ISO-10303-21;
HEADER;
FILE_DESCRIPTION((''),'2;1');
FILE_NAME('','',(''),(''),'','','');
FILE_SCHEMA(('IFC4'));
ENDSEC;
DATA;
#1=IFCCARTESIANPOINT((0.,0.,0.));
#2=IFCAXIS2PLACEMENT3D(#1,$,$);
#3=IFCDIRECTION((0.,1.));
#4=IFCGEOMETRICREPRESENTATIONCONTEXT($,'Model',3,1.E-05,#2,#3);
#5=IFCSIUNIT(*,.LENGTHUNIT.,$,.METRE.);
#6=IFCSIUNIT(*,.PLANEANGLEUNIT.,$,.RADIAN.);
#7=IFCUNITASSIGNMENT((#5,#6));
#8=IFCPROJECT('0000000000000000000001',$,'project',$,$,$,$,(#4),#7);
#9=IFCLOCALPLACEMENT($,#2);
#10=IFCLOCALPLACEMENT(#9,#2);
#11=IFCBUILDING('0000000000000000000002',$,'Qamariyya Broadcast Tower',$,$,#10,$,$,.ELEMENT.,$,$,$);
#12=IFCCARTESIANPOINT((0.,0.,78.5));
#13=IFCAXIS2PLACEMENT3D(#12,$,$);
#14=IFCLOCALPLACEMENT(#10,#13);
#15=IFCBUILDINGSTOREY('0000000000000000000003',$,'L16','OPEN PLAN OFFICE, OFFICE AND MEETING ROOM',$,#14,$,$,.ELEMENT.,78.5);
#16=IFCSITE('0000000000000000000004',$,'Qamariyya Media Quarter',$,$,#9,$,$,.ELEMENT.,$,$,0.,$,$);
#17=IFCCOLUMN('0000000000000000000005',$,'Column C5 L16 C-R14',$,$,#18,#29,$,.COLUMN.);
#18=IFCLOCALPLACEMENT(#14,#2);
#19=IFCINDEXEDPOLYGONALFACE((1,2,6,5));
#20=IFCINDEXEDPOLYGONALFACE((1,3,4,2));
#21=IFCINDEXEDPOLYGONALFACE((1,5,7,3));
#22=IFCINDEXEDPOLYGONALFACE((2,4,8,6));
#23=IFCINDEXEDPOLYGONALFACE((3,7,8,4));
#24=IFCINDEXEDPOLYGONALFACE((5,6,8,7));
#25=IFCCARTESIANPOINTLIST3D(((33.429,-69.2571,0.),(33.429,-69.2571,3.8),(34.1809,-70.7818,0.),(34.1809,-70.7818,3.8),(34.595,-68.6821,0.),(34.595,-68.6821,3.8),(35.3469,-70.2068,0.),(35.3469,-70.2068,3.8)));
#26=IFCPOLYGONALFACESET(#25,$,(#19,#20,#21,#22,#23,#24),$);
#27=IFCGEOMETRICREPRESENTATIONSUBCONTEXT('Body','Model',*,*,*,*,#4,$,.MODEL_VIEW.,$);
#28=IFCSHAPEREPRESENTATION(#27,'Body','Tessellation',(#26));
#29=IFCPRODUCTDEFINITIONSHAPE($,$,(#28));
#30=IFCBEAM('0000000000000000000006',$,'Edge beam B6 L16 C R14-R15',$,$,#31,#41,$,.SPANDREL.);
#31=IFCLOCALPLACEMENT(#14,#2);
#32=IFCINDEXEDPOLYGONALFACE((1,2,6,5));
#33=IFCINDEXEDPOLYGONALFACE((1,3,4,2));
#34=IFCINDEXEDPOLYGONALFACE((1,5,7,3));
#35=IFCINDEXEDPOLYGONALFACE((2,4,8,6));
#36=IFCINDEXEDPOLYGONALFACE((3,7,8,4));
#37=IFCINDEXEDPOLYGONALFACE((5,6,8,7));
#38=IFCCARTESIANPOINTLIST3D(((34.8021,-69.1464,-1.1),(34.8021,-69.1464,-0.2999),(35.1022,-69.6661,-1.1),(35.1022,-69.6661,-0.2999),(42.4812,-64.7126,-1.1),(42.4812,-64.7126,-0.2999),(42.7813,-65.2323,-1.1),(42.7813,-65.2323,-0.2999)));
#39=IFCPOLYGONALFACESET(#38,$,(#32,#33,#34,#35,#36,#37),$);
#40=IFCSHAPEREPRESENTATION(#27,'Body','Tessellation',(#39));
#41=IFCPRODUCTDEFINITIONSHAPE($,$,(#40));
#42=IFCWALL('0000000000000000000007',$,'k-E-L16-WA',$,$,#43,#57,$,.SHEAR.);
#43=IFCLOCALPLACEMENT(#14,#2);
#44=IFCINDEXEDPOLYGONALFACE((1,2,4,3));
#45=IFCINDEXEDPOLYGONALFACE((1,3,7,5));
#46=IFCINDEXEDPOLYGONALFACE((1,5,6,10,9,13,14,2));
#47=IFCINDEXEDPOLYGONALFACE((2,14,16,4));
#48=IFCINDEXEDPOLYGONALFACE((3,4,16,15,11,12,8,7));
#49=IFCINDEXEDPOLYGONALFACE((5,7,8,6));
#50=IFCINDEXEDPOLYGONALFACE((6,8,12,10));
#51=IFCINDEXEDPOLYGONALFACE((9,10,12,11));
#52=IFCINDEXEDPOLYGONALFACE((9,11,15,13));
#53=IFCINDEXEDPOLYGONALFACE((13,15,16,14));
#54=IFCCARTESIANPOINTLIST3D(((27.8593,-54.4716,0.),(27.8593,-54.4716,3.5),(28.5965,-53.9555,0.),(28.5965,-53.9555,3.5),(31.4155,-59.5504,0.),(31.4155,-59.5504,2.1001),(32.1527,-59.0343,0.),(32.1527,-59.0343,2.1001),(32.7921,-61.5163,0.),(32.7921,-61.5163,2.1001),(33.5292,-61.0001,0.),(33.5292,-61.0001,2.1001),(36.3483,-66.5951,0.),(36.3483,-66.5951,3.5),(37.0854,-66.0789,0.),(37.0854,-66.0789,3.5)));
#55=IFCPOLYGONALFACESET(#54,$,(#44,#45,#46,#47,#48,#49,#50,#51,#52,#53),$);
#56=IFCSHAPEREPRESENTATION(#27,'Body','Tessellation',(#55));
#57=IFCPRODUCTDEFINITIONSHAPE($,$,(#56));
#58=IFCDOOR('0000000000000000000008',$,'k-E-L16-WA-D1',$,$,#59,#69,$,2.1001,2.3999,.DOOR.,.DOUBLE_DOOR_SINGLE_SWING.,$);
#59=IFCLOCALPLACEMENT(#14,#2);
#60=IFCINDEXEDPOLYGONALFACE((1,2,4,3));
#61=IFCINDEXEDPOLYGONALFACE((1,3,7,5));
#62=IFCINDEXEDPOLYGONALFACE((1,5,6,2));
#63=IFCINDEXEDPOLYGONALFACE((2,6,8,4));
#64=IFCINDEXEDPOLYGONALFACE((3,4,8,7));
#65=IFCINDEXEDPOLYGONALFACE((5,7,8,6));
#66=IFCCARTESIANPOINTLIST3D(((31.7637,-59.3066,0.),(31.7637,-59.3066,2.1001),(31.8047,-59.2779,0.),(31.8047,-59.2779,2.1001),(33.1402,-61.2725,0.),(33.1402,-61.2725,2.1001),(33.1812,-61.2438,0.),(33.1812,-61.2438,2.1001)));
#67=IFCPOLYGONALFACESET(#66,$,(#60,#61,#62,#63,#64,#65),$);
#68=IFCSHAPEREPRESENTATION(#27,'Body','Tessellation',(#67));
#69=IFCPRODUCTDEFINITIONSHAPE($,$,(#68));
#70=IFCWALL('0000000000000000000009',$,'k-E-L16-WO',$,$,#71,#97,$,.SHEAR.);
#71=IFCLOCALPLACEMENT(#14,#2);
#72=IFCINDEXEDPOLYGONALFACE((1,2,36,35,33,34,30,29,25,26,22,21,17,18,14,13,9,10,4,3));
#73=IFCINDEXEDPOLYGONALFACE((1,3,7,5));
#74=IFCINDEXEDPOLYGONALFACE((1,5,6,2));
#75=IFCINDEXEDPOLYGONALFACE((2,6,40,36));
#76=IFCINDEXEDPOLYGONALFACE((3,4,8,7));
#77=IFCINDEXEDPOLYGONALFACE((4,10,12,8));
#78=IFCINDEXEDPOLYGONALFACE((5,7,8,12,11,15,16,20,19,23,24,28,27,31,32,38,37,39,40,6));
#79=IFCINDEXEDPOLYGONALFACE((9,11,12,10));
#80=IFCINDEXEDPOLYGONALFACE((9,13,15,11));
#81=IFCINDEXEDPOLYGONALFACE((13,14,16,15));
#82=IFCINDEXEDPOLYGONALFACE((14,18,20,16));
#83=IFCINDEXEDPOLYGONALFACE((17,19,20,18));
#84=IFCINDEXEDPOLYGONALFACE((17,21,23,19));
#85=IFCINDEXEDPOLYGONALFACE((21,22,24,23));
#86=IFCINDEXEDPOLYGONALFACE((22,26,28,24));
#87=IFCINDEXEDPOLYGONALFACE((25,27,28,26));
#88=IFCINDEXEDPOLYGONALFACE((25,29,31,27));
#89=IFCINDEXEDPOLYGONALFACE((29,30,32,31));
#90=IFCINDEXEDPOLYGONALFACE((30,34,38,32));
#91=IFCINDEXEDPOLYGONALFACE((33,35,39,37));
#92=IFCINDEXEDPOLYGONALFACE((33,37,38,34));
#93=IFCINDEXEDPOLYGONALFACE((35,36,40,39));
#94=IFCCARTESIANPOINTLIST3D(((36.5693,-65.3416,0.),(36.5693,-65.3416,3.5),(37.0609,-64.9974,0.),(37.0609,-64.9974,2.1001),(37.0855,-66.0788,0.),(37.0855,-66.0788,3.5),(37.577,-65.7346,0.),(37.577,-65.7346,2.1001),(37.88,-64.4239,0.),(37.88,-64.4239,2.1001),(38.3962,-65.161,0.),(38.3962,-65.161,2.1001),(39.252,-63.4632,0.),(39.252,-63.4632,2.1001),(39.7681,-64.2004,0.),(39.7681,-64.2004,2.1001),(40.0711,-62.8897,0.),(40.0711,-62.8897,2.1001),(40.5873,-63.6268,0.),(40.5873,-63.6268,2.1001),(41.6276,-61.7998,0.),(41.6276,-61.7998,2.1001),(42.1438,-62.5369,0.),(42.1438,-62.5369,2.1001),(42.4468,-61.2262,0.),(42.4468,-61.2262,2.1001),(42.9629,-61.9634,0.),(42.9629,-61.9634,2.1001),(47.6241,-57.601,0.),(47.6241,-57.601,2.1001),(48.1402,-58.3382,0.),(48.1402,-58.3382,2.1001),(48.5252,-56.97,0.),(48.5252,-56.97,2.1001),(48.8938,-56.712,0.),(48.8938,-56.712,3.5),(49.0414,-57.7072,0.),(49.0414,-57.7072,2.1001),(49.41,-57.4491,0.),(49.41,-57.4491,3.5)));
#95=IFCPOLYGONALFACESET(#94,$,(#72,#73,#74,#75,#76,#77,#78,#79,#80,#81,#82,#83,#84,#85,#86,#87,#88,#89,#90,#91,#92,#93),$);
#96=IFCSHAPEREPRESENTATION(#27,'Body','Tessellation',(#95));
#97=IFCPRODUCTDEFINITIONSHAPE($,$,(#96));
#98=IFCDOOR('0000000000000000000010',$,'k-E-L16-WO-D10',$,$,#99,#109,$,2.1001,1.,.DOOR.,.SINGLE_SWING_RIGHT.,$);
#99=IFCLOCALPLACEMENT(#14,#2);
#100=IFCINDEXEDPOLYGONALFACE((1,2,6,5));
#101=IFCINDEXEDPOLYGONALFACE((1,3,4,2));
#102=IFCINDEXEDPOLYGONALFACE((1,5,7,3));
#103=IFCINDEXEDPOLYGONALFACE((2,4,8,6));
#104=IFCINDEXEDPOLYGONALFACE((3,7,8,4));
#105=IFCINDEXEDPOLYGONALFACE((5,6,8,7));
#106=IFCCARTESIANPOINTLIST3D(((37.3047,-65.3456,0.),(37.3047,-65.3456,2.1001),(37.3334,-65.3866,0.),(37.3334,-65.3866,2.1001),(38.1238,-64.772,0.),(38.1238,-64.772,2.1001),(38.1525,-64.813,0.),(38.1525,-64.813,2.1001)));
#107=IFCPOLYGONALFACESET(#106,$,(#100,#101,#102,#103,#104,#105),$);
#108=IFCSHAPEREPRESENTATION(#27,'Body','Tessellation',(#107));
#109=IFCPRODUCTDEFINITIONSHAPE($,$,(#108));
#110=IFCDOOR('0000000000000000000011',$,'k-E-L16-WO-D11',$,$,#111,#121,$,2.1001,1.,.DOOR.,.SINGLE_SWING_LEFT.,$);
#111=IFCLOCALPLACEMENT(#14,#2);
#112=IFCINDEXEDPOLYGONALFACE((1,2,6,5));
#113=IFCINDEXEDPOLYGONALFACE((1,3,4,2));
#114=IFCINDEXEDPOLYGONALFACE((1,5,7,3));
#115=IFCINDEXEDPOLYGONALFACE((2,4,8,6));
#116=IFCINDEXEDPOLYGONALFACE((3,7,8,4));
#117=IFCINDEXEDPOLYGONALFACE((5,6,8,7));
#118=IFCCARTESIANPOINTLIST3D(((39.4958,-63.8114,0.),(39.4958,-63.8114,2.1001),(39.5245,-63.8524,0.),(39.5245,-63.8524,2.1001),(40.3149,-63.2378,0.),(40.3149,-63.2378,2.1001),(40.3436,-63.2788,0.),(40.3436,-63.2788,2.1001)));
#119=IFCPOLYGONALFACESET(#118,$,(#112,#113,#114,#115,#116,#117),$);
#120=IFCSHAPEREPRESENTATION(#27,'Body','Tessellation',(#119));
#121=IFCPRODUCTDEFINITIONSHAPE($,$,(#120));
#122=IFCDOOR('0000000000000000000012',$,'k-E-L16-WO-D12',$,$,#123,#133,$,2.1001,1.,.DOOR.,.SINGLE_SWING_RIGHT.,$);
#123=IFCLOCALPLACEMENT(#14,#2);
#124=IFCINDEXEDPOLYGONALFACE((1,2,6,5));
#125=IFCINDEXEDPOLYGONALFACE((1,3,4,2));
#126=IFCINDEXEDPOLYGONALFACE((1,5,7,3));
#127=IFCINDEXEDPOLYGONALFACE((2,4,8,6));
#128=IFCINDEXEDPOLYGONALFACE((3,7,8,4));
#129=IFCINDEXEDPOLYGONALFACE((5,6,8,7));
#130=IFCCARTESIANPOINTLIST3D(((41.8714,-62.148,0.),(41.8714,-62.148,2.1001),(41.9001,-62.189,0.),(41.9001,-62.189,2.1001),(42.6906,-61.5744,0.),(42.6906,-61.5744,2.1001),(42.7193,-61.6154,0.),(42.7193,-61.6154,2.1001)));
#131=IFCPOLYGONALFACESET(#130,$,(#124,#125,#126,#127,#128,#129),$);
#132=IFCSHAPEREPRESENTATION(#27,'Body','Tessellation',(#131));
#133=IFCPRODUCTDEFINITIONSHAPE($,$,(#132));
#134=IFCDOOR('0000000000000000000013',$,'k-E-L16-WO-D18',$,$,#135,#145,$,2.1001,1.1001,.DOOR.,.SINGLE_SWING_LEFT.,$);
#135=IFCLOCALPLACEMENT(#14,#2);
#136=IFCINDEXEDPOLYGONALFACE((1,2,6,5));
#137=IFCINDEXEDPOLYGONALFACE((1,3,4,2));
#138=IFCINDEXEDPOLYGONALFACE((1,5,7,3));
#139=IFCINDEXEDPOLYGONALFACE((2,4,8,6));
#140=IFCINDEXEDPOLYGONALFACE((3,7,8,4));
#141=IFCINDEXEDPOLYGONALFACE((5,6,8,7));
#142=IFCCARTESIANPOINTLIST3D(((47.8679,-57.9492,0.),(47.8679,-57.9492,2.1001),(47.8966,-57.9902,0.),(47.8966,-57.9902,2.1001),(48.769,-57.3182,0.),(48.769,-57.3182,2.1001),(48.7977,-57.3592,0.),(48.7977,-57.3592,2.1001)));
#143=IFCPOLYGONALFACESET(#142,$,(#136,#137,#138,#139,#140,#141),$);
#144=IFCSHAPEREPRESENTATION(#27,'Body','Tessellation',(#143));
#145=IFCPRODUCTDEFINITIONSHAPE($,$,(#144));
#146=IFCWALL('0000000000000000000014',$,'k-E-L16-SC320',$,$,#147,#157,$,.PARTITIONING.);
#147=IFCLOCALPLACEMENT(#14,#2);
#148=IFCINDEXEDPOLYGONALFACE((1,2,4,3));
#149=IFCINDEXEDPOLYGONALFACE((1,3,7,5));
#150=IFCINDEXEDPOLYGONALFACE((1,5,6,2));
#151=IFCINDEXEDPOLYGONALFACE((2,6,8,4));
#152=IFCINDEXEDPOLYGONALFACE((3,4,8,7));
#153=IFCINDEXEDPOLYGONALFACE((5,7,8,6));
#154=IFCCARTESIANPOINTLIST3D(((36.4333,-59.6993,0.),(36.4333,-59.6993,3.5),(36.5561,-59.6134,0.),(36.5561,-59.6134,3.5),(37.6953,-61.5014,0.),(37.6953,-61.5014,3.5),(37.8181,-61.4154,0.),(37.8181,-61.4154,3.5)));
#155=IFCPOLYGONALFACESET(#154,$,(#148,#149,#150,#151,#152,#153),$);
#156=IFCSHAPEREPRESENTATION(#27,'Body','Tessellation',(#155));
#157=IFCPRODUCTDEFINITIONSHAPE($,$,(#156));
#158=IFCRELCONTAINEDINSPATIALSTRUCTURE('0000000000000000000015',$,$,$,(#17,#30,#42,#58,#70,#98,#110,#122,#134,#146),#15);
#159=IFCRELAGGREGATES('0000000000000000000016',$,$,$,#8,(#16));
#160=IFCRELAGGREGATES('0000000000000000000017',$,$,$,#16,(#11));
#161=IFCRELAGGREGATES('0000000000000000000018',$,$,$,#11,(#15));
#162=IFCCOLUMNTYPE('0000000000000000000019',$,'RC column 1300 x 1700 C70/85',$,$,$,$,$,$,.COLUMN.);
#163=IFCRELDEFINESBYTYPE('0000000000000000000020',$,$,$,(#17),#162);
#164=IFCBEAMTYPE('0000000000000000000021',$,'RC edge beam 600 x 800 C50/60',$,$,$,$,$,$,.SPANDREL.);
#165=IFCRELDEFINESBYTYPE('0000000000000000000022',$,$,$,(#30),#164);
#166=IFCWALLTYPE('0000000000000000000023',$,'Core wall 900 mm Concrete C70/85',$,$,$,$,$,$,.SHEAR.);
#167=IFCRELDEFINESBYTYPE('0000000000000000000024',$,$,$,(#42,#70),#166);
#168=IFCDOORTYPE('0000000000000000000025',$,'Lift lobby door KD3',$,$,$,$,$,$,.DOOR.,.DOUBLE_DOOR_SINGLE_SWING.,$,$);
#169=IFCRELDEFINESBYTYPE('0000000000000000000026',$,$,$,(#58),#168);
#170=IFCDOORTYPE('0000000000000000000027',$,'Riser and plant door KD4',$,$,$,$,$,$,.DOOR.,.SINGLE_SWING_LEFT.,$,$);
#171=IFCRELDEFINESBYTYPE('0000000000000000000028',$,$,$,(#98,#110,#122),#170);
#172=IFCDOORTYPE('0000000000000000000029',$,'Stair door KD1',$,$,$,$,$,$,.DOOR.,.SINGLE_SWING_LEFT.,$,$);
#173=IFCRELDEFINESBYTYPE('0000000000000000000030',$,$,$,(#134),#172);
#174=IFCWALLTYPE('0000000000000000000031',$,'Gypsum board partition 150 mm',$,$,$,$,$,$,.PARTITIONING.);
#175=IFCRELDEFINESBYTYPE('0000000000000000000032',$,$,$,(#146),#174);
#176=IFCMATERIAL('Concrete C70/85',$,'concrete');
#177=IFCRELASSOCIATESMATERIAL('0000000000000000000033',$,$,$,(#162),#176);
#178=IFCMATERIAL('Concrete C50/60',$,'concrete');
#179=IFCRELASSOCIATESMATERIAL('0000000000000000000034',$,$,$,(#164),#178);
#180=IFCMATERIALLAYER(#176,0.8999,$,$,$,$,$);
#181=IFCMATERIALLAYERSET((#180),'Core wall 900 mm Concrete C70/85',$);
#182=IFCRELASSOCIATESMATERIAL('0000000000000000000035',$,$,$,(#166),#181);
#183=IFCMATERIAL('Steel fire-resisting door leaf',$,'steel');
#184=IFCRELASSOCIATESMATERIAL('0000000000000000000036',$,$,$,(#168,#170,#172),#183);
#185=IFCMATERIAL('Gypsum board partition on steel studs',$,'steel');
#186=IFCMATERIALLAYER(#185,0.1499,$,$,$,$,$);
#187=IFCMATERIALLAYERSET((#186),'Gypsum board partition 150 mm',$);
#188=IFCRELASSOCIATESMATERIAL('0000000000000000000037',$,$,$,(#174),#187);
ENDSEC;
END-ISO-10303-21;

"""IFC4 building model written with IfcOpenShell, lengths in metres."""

from ifc_helpers import new_model, si_unit, direction, frame, frame_2d, origin, origin_2d, place, context, subcontext, project, spatial, rectangle, extrude, material, layer, layer_set, material_profile, profile_set, type_object, element, fill, save


model = new_model("IFC4")

# Units and contexts
model_context = context("Model", 3, precision=1e-05, world=origin(), true_north=direction((0.0, 1.0)))
body_context = subcontext(model_context, "Body", "Model", "MODEL_VIEW")
ifc_project = project(units=[si_unit("LENGTHUNIT", "METRE"), si_unit("PLANEANGLEUNIT", "RADIAN")], contexts=[model_context])

# Site, building, storey
site_placement = place(None, origin())
site = spatial("IfcSite", under=ifc_project, at=site_placement, Name="Qamariyya Media Quarter", CompositionType="ELEMENT", RefElevation=0.0)
building_placement = place(site_placement, origin())
building = spatial("IfcBuilding", under=site, at=building_placement, Name="Qamariyya Broadcast Tower", CompositionType="ELEMENT")
storey_placement = place(building_placement, frame((0.0, 0.0, 78.5)))
storey = spatial("IfcBuildingStorey", under=building, at=storey_placement, Name="L16", Description="OPEN PLAN OFFICE, OFFICE AND MEETING ROOM", CompositionType="ELEMENT", Elevation=78.5)

# Column
ifc_material_1 = material(Name="Concrete C70/85", Category="concrete")
ifc_material_profile_1 = material_profile(ifc_material_1, rectangle(XDim=1.3, YDim=1.7, at=origin_2d()))
ifc_profile_set_1 = profile_set([ifc_material_profile_1], Name="Concrete C70/85")
column_type = type_object("IfcColumnType", Name="RC column 1300 x 1700 C70/85", PredefinedType="COLUMN", material=ifc_profile_set_1)
column_placement = place(storey_placement, frame((34.3879, -69.7319, 0.0), z_axis=(0.0, 0.0, 1.0), x_axis=(0.896873, 0.442289, 0.0)))
element("IfcColumn", 1, at=column_placement, inside=storey, type_object=column_type, Name="Column C5 L16 C-R14", PredefinedType="COLUMN", context=body_context, shape_type="SweptSolid", body=[
    extrude(rectangle(XDim=1.3, YDim=1.7, at=origin_2d()), origin(), (0.0, 0.0, 1.0), 3.8),
])

# Beam
ifc_material_2 = material(Name="Concrete C50/60", Category="concrete")
ifc_material_profile_2 = material_profile(ifc_material_2, rectangle(XDim=0.6001, YDim=0.8, at=origin_2d()))
ifc_profile_set_2 = profile_set([ifc_material_profile_2], Name="Concrete C50/60")
beam_type = type_object("IfcBeamType", Name="RC edge beam 600 x 800 C50/60", PredefinedType="SPANDREL", material=ifc_profile_set_2)
beam_placement = place(storey_placement, frame((34.9521, -69.4062, -0.7), z_axis=(0.866013, 0.500021, 0.0), x_axis=(-0.500021, 0.866013, 0.0)))
element("IfcBeam", 2, at=beam_placement, inside=storey, type_object=beam_type, Name="Edge beam B6 L16 C R14-R15", PredefinedType="SPANDREL", context=body_context, shape_type="SweptSolid", body=[
    extrude(rectangle(XDim=0.6001, YDim=0.8, at=origin_2d()), origin(), (0.0, 0.0, 1.0), 8.8672),
])

# Wall, opening, door
ifc_layer_1 = layer(ifc_material_1, 0.8999)
ifc_layer_set_1 = layer_set([ifc_layer_1], Name="Core wall 900 mm Concrete C70/85")
wall_type_1 = type_object("IfcWallType", Name="Core wall 900 mm Concrete C70/85", PredefinedType="SHEAR", material=ifc_layer_set_1)
wall_1_placement = place(storey_placement, frame((36.7168, -66.3369, 0.0), z_axis=(0.0, 0.0, 1.0), x_axis=(-0.573577, 0.819151, 0.0)))
wall_1 = element("IfcWall", 3, at=wall_1_placement, inside=storey, type_object=wall_type_1, Name="k-E-L16-WA", PredefinedType="SHEAR", context=body_context, shape_type="SweptSolid", body=[
    extrude(rectangle(XDim=14.8, YDim=0.8999, at=frame_2d((7.3999, 0.0))), origin(), (0.0, 0.0, 1.0), 3.5),
])
opening_1_placement = place(wall_1_placement, frame((6.2, 0.0, 0.0)))
opening_1 = element("IfcOpeningElement", 4, at=opening_1_placement, cuts=wall_1, PredefinedType="OPENING", context=body_context, shape_type="SweptSolid", body=[
    extrude(rectangle(XDim=2.3999, YDim=2.1001, at=frame_2d((1.2, 1.05))), frame((0.0, 0.46, 0.0), z_axis=(0.0, -1.0, 0.0), x_axis=(1.0, 0.0, 0.0)), (0.0, 0.0, 1.0), 0.9199),
])
ifc_material_3 = material(Name="Steel fire-resisting door leaf", Category="steel")
door_type_1 = type_object("IfcDoorType", Name="Lift lobby door KD3", OperationType="DOUBLE_DOOR_SINGLE_SWING", PredefinedType="DOOR", material=ifc_material_3)
door_1_placement = place(opening_1_placement, origin())
door_1 = element("IfcDoor", 5, at=door_1_placement, inside=storey, type_object=door_type_1, Name="k-E-L16-WA-D1", OperationType="DOUBLE_DOOR_SINGLE_SWING", OverallHeight=2.1001, OverallWidth=2.3999, PredefinedType="DOOR", context=body_context, shape_type="SweptSolid", body=[
    extrude(rectangle(XDim=2.3999, YDim=2.1001, at=frame_2d((1.2, 1.05))), frame((0.0, 0.0249, 0.0), z_axis=(0.0, -1.0, 0.0), x_axis=(1.0, 0.0, 0.0)), (0.0, 0.0, 1.0), 0.05),
])
fill(opening_1, door_1)

# Wall, openings, doors
wall_2_placement = place(storey_placement, frame((36.8274, -65.7102, 0.0), z_axis=(0.0, 0.0, 1.0), x_axis=(0.819153, 0.573575, 0.0)))
wall_2 = element("IfcWall", 6, at=wall_2_placement, inside=storey, type_object=wall_type_1, Name="k-E-L16-WO", PredefinedType="SHEAR", context=body_context, shape_type="SweptSolid", body=[
    extrude(rectangle(XDim=15.0454, YDim=0.8999, at=frame_2d((7.5227, 0.0))), origin(), (0.0, 0.0, 1.0), 3.5),
])
opening_2_placement = place(wall_2_placement, frame((0.6001, 0.0, 0.0)))
opening_2 = element("IfcOpeningElement", 7, at=opening_2_placement, cuts=wall_2, PredefinedType="OPENING", context=body_context, shape_type="SweptSolid", body=[
    extrude(rectangle(XDim=1.0, YDim=2.1001, at=frame_2d((0.5, 1.05))), frame((0.0, 0.46, 0.0), z_axis=(0.0, -1.0, 0.0), x_axis=(1.0, 0.0, 0.0)), (0.0, 0.0, 1.0), 0.9199),
])
opening_3_placement = place(wall_2_placement, frame((3.2749, 0.0, 0.0)))
opening_3 = element("IfcOpeningElement", 8, at=opening_3_placement, cuts=wall_2, PredefinedType="OPENING", context=body_context, shape_type="SweptSolid", body=[
    extrude(rectangle(XDim=1.0, YDim=2.1001, at=frame_2d((0.5, 1.05))), frame((0.0, 0.46, 0.0), z_axis=(0.0, -1.0, 0.0), x_axis=(1.0, 0.0, 0.0)), (0.0, 0.0, 1.0), 0.9199),
])
opening_4_placement = place(wall_2_placement, frame((6.175, 0.0, 0.0)))
opening_4 = element("IfcOpeningElement", 9, at=opening_4_placement, cuts=wall_2, PredefinedType="OPENING", context=body_context, shape_type="SweptSolid", body=[
    extrude(rectangle(XDim=1.0, YDim=2.1001, at=frame_2d((0.5, 1.05))), frame((0.0, 0.46, 0.0), z_axis=(0.0, -1.0, 0.0), x_axis=(1.0, 0.0, 0.0)), (0.0, 0.0, 1.0), 0.9199),
])
opening_5_placement = place(wall_2_placement, frame((13.4954, 0.0, 0.0)))
opening_5 = element("IfcOpeningElement", 10, at=opening_5_placement, cuts=wall_2, PredefinedType="OPENING", context=body_context, shape_type="SweptSolid", body=[
    extrude(rectangle(XDim=1.1001, YDim=2.1001, at=frame_2d((0.55, 1.05))), frame((0.0, 0.46, 0.0), z_axis=(0.0, -1.0, 0.0), x_axis=(1.0, 0.0, 0.0)), (0.0, 0.0, 1.0), 0.9199),
])
door_type_2 = type_object("IfcDoorType", Name="Riser and plant door KD4", OperationType="SINGLE_SWING_LEFT", PredefinedType="DOOR", material=ifc_material_3)
door_2_placement = place(opening_2_placement, origin())
door_2 = element("IfcDoor", 11, at=door_2_placement, inside=storey, type_object=door_type_2, Name="k-E-L16-WO-D10", OperationType="SINGLE_SWING_RIGHT", OverallHeight=2.1001, OverallWidth=1.0, PredefinedType="DOOR", context=body_context, shape_type="SweptSolid", body=[
    extrude(rectangle(XDim=1.0, YDim=2.1001, at=frame_2d((0.5, 1.05))), frame((0.0, 0.0249, 0.0), z_axis=(0.0, -1.0, 0.0), x_axis=(1.0, 0.0, 0.0)), (0.0, 0.0, 1.0), 0.05),
])
fill(opening_2, door_2)
door_3_placement = place(opening_3_placement, origin())
door_3 = element("IfcDoor", 12, at=door_3_placement, inside=storey, type_object=door_type_2, Name="k-E-L16-WO-D11", OperationType="SINGLE_SWING_LEFT", OverallHeight=2.1001, OverallWidth=1.0, PredefinedType="DOOR", context=body_context, shape_type="SweptSolid", body=[
    extrude(rectangle(XDim=1.0, YDim=2.1001, at=frame_2d((0.5, 1.05))), frame((0.0, 0.0249, 0.0), z_axis=(0.0, -1.0, 0.0), x_axis=(1.0, 0.0, 0.0)), (0.0, 0.0, 1.0), 0.05),
])
fill(opening_3, door_3)
door_4_placement = place(opening_4_placement, origin())
door_4 = element("IfcDoor", 13, at=door_4_placement, inside=storey, type_object=door_type_2, Name="k-E-L16-WO-D12", OperationType="SINGLE_SWING_RIGHT", OverallHeight=2.1001, OverallWidth=1.0, PredefinedType="DOOR", context=body_context, shape_type="SweptSolid", body=[
    extrude(rectangle(XDim=1.0, YDim=2.1001, at=frame_2d((0.5, 1.05))), frame((0.0, 0.0249, 0.0), z_axis=(0.0, -1.0, 0.0), x_axis=(1.0, 0.0, 0.0)), (0.0, 0.0, 1.0), 0.05),
])
fill(opening_4, door_4)
door_type_3 = type_object("IfcDoorType", Name="Stair door KD1", OperationType="SINGLE_SWING_LEFT", PredefinedType="DOOR", material=ifc_material_3)
door_5_placement = place(opening_5_placement, origin())
door_5 = element("IfcDoor", 14, at=door_5_placement, inside=storey, type_object=door_type_3, Name="k-E-L16-WO-D18", OperationType="SINGLE_SWING_LEFT", OverallHeight=2.1001, OverallWidth=1.1001, PredefinedType="DOOR", context=body_context, shape_type="SweptSolid", body=[
    extrude(rectangle(XDim=1.1001, YDim=2.1001, at=frame_2d((0.55, 1.05))), frame((0.0, 0.0249, 0.0), z_axis=(0.0, -1.0, 0.0), x_axis=(1.0, 0.0, 0.0)), (0.0, 0.0, 1.0), 0.05),
])
fill(opening_5, door_5)

# Wall
ifc_material_4 = material(Name="Gypsum board partition on steel studs", Category="steel")
ifc_layer_2 = layer(ifc_material_4, 0.1499)
ifc_layer_set_2 = layer_set([ifc_layer_2], Name="Gypsum board partition 150 mm")
wall_type_2 = type_object("IfcWallType", Name="Gypsum board partition 150 mm", PredefinedType="PARTITIONING", material=ifc_layer_set_2)
wall_3_placement = place(storey_placement, frame((36.4946, -59.6562, 0.0), z_axis=(0.0, 0.0, 1.0), x_axis=(0.573634, -0.819112, 0.0)))
element("IfcWall", 15, at=wall_3_placement, inside=storey, type_object=wall_type_2, Name="k-E-L16-SC320", PredefinedType="PARTITIONING", context=body_context, shape_type="SweptSolid", body=[
    extrude(rectangle(XDim=2.2, YDim=0.1499, at=frame_2d((1.1001, 0.0))), origin(), (0.0, 0.0, 1.0), 3.5),
])

save(model, "model.ifc")
